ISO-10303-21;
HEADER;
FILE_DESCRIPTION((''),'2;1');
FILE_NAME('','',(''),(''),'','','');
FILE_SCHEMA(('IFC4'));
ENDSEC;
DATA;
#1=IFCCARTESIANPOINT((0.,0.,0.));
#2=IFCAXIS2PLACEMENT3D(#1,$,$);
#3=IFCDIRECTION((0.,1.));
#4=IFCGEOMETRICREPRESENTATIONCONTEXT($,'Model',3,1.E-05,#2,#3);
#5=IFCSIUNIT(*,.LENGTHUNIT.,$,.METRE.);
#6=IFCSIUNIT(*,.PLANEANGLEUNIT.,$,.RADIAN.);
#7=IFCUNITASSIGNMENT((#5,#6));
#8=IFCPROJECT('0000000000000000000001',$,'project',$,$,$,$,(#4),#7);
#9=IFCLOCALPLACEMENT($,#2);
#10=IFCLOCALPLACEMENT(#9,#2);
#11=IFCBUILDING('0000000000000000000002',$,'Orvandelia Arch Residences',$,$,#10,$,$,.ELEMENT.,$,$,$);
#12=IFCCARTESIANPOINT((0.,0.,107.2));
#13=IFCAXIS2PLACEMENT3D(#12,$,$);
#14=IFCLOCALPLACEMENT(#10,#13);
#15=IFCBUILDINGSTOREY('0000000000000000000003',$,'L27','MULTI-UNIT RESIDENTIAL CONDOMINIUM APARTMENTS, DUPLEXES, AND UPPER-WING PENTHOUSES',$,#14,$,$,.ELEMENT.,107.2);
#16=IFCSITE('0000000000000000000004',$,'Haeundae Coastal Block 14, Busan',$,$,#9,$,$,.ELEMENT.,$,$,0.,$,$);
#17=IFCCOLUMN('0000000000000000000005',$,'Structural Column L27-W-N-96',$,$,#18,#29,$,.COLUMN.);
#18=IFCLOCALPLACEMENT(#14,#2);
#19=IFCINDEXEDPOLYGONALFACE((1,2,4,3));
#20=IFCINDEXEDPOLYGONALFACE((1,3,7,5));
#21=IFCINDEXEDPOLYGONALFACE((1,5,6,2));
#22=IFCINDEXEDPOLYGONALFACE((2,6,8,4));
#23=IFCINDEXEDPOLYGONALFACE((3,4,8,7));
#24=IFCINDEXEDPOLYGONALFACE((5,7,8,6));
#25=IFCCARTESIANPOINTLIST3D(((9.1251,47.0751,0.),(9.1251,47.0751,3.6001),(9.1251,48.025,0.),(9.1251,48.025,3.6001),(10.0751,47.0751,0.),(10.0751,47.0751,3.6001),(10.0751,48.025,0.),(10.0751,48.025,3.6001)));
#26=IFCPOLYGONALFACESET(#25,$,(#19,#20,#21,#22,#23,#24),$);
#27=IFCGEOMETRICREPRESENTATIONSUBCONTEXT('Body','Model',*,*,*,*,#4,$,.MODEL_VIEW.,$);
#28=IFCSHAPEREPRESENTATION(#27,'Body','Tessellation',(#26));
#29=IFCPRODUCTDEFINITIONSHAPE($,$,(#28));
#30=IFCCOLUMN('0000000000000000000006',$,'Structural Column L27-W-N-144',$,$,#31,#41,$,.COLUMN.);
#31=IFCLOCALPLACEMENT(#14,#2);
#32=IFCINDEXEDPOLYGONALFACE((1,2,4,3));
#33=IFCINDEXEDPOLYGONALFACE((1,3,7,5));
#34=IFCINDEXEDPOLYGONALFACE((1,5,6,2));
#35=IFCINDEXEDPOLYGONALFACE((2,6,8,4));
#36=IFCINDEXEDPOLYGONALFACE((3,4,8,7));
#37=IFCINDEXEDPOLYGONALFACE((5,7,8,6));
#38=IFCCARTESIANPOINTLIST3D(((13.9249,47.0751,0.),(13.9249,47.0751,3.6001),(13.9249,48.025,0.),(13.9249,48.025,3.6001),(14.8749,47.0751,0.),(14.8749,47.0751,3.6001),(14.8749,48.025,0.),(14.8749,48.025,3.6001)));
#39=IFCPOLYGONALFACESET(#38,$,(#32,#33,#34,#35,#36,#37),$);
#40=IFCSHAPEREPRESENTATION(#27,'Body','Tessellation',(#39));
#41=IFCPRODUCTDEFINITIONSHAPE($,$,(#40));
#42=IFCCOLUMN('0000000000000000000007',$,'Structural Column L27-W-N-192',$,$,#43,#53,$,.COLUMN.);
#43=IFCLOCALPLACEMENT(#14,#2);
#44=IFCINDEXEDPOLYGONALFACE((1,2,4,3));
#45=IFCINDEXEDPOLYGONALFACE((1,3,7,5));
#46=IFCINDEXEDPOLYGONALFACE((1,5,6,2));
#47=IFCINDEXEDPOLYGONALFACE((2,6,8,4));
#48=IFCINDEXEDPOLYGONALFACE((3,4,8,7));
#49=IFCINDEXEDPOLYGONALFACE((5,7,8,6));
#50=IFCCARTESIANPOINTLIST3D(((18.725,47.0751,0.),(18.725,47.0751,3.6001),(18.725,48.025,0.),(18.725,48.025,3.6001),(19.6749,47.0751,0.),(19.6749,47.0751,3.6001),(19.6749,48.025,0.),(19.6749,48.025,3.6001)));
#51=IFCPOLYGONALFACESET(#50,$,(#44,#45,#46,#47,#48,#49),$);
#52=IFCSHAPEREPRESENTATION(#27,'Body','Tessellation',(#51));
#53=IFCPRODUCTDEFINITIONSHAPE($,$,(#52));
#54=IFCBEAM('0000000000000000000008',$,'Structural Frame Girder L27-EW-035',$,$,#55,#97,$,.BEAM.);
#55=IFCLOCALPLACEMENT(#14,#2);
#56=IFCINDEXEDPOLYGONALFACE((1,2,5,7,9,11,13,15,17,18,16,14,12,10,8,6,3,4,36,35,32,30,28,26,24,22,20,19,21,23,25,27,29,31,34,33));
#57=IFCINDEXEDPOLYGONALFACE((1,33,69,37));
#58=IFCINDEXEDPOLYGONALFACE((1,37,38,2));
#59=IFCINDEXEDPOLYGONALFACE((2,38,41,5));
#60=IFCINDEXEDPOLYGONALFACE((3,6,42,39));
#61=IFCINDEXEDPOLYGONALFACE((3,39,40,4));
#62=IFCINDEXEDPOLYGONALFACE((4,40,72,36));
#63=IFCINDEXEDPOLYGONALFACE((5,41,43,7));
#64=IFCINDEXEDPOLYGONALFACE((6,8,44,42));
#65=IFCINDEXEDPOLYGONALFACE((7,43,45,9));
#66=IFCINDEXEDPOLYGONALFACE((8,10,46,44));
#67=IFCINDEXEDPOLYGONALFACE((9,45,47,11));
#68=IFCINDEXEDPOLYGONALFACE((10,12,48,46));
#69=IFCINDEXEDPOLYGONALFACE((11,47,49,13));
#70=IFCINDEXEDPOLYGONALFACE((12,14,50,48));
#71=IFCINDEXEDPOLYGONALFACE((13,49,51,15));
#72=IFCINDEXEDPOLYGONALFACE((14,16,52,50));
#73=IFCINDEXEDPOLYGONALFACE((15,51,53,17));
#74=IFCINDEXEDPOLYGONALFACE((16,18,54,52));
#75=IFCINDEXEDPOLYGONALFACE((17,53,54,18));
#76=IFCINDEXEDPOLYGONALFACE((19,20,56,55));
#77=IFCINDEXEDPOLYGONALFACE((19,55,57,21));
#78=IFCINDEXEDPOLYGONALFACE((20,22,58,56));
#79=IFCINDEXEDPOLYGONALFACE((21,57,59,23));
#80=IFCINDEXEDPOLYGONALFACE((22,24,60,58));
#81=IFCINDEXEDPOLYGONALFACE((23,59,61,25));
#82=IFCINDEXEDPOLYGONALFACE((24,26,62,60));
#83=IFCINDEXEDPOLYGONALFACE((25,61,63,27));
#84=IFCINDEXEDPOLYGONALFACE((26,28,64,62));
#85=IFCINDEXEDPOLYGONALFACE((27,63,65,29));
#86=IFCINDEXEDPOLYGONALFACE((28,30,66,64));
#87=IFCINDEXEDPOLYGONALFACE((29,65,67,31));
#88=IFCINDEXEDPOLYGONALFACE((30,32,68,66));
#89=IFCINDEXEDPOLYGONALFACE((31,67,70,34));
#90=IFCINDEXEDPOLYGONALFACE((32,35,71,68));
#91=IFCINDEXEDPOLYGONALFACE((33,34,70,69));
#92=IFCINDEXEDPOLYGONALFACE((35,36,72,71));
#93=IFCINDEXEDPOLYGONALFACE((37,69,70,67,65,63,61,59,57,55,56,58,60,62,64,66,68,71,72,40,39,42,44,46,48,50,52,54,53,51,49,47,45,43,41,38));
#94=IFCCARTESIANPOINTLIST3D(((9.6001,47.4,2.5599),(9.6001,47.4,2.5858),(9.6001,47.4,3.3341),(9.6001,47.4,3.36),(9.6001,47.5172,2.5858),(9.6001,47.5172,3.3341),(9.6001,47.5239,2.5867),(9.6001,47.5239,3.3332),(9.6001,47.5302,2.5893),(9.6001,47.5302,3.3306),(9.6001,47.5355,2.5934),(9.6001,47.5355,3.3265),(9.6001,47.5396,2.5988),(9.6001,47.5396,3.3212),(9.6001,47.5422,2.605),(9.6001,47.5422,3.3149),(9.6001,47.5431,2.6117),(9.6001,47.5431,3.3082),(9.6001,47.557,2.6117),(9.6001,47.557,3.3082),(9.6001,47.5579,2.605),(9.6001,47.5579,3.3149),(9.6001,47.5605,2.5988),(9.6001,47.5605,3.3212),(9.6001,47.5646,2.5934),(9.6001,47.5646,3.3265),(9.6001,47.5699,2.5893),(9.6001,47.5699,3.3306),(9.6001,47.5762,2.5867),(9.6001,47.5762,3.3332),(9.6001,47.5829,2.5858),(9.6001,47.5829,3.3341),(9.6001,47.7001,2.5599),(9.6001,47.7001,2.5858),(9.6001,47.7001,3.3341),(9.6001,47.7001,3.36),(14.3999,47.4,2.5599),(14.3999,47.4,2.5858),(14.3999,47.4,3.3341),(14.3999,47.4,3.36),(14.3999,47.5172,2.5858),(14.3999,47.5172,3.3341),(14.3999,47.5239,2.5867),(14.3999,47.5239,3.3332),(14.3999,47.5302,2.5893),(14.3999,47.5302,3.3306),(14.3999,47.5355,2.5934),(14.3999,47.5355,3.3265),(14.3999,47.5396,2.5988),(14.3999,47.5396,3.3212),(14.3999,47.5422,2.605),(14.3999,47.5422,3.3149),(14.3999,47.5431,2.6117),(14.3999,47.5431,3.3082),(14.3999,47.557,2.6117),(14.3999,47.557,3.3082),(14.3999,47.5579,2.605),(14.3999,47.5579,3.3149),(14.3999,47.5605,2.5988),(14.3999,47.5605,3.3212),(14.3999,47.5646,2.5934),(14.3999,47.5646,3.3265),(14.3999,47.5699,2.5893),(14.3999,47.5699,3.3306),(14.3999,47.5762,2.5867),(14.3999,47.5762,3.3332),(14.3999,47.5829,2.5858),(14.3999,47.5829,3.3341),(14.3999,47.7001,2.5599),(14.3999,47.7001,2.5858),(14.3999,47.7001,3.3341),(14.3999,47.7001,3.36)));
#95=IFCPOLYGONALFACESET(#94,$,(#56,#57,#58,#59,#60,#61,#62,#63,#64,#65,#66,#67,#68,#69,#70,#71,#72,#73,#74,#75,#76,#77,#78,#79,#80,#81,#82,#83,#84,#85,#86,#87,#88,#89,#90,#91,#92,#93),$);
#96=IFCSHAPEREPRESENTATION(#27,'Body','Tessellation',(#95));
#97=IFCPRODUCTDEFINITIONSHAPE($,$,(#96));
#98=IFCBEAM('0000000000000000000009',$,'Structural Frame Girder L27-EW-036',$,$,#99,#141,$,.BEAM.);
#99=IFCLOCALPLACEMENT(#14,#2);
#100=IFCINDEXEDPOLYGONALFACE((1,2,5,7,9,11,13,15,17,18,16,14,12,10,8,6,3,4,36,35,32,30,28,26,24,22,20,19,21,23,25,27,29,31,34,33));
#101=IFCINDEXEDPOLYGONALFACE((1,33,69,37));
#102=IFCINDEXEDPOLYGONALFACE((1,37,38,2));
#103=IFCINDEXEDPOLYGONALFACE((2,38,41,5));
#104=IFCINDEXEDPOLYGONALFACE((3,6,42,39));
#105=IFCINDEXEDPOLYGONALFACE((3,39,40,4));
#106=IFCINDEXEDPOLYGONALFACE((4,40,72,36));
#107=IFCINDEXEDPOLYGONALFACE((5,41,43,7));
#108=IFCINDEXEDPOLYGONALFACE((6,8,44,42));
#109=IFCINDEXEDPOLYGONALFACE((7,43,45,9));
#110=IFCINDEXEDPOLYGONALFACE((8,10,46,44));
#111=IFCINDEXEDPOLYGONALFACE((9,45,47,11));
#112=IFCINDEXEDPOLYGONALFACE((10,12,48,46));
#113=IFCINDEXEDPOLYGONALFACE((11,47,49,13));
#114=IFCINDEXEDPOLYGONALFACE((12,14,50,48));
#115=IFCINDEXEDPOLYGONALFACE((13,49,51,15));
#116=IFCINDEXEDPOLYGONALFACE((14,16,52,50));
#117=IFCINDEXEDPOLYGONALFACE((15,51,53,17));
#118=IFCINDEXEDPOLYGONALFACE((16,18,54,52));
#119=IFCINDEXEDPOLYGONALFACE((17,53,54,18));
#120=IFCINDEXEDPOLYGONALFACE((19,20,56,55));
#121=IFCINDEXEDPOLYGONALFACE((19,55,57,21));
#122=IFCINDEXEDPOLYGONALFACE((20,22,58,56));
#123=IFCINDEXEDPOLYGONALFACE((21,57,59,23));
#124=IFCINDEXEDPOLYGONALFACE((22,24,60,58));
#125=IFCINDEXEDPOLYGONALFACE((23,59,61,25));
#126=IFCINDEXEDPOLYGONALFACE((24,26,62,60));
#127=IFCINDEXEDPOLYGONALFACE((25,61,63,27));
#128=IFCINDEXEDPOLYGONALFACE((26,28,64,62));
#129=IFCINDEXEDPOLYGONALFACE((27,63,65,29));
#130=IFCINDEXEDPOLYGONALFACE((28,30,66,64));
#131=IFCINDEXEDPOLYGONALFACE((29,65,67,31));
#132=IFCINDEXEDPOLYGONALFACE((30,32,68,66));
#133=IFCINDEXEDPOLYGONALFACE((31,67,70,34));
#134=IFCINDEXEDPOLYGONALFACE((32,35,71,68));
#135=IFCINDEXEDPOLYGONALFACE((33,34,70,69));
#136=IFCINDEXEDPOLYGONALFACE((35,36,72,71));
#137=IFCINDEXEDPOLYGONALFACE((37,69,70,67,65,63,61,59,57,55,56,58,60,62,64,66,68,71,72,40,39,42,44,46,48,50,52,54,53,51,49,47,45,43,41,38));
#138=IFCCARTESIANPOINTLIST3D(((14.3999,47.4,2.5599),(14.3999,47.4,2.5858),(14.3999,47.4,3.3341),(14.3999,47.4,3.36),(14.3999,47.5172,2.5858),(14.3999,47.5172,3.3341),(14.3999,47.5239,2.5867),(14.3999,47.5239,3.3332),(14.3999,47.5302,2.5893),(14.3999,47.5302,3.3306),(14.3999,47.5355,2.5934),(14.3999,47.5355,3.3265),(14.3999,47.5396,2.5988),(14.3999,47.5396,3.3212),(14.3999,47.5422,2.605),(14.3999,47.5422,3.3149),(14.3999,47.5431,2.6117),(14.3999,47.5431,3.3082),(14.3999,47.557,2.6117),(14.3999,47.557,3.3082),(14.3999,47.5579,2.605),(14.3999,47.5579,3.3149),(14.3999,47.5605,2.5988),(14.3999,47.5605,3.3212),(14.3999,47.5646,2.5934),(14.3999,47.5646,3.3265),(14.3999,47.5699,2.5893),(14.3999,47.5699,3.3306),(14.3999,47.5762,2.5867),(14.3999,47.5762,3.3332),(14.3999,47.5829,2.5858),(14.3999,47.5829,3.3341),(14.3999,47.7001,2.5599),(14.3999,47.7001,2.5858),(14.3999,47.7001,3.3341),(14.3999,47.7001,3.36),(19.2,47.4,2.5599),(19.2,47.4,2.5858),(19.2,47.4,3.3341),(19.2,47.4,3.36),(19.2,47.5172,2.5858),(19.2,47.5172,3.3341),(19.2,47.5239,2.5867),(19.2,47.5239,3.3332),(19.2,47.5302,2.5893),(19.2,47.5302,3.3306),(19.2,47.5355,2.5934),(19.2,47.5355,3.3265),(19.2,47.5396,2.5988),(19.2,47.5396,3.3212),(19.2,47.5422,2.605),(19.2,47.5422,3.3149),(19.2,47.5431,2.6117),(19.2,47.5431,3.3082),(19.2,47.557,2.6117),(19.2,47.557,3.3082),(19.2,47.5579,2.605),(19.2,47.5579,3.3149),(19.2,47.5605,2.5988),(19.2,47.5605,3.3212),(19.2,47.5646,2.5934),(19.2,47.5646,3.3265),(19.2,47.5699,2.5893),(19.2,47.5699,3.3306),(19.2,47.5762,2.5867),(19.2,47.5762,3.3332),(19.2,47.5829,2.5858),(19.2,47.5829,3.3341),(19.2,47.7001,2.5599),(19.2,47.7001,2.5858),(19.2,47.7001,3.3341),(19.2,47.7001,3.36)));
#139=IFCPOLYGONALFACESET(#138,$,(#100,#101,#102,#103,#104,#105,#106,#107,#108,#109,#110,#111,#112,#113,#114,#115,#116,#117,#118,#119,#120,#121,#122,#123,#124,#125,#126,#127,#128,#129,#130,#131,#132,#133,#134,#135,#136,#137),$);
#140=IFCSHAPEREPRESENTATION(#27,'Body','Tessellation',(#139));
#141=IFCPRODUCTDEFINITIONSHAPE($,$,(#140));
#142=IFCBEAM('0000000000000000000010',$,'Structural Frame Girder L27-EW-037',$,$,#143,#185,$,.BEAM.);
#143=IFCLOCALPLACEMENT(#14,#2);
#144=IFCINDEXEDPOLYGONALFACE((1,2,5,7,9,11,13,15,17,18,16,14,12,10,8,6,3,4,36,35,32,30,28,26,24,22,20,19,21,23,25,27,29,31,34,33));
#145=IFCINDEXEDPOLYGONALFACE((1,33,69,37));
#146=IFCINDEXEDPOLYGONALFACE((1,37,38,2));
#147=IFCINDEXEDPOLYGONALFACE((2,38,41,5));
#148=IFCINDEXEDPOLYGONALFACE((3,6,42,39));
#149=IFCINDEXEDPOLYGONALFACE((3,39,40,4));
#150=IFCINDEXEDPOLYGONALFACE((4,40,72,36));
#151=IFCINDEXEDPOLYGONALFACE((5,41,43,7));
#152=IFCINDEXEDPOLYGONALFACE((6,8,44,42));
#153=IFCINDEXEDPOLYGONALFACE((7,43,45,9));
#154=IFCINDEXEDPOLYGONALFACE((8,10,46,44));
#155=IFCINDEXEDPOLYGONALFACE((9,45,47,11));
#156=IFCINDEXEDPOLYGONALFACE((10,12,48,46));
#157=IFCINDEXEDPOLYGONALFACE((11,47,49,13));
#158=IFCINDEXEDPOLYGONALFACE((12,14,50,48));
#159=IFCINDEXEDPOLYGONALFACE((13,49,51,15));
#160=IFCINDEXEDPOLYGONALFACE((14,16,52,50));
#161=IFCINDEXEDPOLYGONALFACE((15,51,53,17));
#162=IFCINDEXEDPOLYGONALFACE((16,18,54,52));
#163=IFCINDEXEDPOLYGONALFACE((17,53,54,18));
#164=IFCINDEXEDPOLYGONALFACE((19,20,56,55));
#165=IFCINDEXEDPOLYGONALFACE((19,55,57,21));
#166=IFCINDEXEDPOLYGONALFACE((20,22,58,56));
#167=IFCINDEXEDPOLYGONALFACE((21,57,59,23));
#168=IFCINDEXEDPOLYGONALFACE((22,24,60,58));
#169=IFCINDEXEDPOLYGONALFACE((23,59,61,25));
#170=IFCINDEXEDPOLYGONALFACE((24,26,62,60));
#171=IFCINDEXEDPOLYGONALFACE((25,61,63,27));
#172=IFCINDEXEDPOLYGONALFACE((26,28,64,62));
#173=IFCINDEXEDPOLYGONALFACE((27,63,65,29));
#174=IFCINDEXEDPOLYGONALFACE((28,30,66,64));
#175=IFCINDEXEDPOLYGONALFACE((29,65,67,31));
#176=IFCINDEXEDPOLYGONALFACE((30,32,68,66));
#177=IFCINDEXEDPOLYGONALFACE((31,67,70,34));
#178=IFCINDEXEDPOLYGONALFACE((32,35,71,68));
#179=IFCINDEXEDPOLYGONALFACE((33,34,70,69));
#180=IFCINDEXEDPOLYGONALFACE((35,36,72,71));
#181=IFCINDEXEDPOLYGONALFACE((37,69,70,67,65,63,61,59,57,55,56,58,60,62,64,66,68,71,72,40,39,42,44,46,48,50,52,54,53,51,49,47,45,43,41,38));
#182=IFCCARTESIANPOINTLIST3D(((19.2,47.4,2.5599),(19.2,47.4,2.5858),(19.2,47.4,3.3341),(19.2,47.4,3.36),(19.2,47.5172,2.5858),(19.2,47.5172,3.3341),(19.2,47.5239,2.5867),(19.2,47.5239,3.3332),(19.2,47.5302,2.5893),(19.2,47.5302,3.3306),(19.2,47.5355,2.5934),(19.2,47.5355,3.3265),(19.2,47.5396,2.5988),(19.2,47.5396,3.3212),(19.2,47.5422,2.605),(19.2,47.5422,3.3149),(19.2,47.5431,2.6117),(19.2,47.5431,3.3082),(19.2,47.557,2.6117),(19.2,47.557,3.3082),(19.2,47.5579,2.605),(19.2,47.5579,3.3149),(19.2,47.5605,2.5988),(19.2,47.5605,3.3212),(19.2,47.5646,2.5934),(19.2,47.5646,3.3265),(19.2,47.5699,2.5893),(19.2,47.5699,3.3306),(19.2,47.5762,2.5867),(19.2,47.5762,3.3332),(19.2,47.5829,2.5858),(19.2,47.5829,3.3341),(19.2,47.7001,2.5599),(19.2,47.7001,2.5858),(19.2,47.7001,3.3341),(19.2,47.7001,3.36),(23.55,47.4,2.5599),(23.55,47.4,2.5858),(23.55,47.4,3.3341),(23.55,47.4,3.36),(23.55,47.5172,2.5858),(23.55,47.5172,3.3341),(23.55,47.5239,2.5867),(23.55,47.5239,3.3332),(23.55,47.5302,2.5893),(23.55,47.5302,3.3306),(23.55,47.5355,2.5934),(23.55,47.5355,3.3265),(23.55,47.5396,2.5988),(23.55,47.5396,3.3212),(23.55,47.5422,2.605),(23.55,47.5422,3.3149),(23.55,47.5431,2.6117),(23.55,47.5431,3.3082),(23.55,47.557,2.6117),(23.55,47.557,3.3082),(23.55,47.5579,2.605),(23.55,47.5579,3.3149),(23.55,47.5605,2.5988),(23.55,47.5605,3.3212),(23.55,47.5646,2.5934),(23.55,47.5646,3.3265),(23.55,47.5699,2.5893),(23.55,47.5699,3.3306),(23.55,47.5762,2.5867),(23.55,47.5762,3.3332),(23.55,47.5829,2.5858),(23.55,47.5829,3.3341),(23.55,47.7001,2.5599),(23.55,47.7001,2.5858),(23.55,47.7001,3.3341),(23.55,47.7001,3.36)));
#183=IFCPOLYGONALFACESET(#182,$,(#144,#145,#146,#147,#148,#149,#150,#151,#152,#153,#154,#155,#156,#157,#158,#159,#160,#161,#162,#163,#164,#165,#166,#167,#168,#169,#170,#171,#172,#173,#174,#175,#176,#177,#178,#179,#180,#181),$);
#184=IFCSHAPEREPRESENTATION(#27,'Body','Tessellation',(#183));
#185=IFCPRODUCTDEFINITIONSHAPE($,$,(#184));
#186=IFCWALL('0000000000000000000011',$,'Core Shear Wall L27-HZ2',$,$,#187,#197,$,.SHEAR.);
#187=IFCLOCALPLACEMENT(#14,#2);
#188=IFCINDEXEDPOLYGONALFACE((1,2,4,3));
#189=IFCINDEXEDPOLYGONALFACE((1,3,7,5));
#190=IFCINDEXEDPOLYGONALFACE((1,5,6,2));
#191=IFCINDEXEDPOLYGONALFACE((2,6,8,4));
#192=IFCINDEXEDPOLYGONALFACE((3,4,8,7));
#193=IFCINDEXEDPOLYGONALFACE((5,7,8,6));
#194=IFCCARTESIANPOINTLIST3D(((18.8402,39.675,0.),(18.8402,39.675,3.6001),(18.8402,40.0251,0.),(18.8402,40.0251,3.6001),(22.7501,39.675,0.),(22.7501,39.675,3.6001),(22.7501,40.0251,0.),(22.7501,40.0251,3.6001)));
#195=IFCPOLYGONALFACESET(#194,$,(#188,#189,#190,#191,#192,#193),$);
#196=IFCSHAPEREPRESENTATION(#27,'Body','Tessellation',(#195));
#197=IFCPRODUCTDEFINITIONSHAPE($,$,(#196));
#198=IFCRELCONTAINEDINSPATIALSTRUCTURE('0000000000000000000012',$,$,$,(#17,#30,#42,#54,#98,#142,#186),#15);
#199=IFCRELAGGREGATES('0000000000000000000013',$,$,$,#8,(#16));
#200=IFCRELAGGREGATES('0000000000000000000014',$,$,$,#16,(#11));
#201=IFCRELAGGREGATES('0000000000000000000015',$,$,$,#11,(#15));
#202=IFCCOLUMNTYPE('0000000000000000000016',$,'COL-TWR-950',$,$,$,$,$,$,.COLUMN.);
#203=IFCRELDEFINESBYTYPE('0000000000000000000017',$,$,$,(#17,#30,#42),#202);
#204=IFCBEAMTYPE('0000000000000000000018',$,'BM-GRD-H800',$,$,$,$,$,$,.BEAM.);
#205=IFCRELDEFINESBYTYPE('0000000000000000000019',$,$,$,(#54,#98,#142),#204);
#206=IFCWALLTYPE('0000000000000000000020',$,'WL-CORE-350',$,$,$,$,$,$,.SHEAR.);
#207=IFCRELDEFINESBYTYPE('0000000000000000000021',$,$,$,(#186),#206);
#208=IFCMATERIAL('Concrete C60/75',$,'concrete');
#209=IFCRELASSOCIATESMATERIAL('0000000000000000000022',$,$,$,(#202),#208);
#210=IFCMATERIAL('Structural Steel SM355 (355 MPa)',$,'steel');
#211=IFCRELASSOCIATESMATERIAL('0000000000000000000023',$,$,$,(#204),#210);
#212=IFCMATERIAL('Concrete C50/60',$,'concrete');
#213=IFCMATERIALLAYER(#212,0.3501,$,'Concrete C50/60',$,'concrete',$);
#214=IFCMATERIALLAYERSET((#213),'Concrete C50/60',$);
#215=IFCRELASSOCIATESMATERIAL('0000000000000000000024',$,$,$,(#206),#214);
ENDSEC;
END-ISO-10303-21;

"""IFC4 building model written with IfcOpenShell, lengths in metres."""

from ifc_helpers import new_model, si_unit, direction, frame, frame_2d, origin, origin_2d, place, context, subcontext, project, spatial, rectangle, i_section, extrude, material, layer, layer_set, material_profile, profile_set, type_object, element, save


model = new_model("IFC4")

# Units and contexts
model_context = context("Model", 3, precision=1e-05, world=origin(), true_north=direction((0.0, 1.0)))
body_context = subcontext(model_context, "Body", "Model", "MODEL_VIEW")
ifc_project = project(units=[si_unit("LENGTHUNIT", "METRE"), si_unit("PLANEANGLEUNIT", "RADIAN")], contexts=[model_context])

# Site, building, storey
site_placement = place(None, origin())
site = spatial("IfcSite", under=ifc_project, at=site_placement, Name="Haeundae Coastal Block 14, Busan", CompositionType="ELEMENT", RefElevation=0.0)
building_placement = place(site_placement, origin())
building = spatial("IfcBuilding", under=site, at=building_placement, Name="Orvandelia Arch Residences", CompositionType="ELEMENT")
storey_placement = place(building_placement, frame((0.0, 0.0, 107.2)))
storey = spatial("IfcBuildingStorey", under=building, at=storey_placement, Name="L27", Description="MULTI-UNIT RESIDENTIAL CONDOMINIUM APARTMENTS, DUPLEXES, AND UPPER-WING PENTHOUSES", CompositionType="ELEMENT", Elevation=107.2)

# Columns
ifc_material_1 = material(Name="Concrete C60/75", Category="concrete")
ifc_material_profile_1 = material_profile(ifc_material_1, rectangle(XDim=0.95, YDim=0.95, at=origin_2d()), Name="Concrete C60/75", Category="concrete")
ifc_profile_set_1 = profile_set([ifc_material_profile_1], Name="Concrete C60/75")
column_type = type_object("IfcColumnType", Name="COL-TWR-950", PredefinedType="COLUMN", material=ifc_profile_set_1)
for number, where, z_axis, x_axis, name in (
    (1, (9.6001, 47.55, 0.0), (0.0, 0.0, 1.0), (1.0, 0.0, 0.0), "Structural Column L27-W-N-96"),
    (2, (14.3999, 47.55, 0.0), (0.0, 0.0, 1.0), (1.0, 0.0, 0.0), "Structural Column L27-W-N-144"),
    (3, (19.2, 47.55, 0.0), (0.0, 0.0, 1.0), (1.0, 0.0, 0.0), "Structural Column L27-W-N-192"),
):
    element("IfcColumn", number, at=place(storey_placement, frame(where, z_axis=z_axis, x_axis=x_axis)), inside=storey, type_object=column_type, Name=name, PredefinedType="COLUMN", context=body_context, shape_type="SweptSolid", body=[
        extrude(rectangle(XDim=0.95, YDim=0.95, at=origin_2d()), origin(), (0.0, 0.0, 1.0), 3.6001),
    ])

# Beams
ifc_material_2 = material(Name="Structural Steel SM355 (355 MPa)", Category="steel")
ifc_material_profile_2 = material_profile(ifc_material_2, i_section(OverallWidth=0.3, OverallDepth=0.8, WebThickness=0.0139, FlangeThickness=0.0259, FilletRadius=0.0259, at=origin_2d()), Name="Structural Steel SM355 (355 MPa)", Category="steel")
ifc_profile_set_2 = profile_set([ifc_material_profile_2], Name="Structural Steel SM355 (355 MPa)")
beam_type = type_object("IfcBeamType", Name="BM-GRD-H800", PredefinedType="BEAM", material=ifc_profile_set_2)
beam_1_placement = place(storey_placement, frame((9.6001, 47.55, 2.96), z_axis=(1.0, 0.0, 0.0), x_axis=(0.0, 1.0, 0.0)))
element("IfcBeam", 4, at=beam_1_placement, inside=storey, type_object=beam_type, Name="Structural Frame Girder L27-EW-035", PredefinedType="BEAM", context=body_context, shape_type="SweptSolid", body=[
    extrude(i_section(OverallWidth=0.3, OverallDepth=0.8, WebThickness=0.0139, FlangeThickness=0.0259, FilletRadius=0.0259, at=origin_2d()), origin(), (0.0, 0.0, 1.0), 4.7998),
])
beam_2_placement = place(storey_placement, frame((14.3999, 47.55, 2.96), z_axis=(1.0, 0.0, 0.0), x_axis=(0.0, 1.0, 0.0)))
element("IfcBeam", 5, at=beam_2_placement, inside=storey, type_object=beam_type, Name="Structural Frame Girder L27-EW-036", PredefinedType="BEAM", context=body_context, shape_type="SweptSolid", body=[
    extrude(i_section(OverallWidth=0.3, OverallDepth=0.8, WebThickness=0.0139, FlangeThickness=0.0259, FilletRadius=0.0259, at=origin_2d()), origin(), (0.0, 0.0, 1.0), 4.8),
])
beam_3_placement = place(storey_placement, frame((19.2, 47.55, 2.96), z_axis=(1.0, 0.0, 0.0), x_axis=(0.0, 1.0, 0.0)))
element("IfcBeam", 6, at=beam_3_placement, inside=storey, type_object=beam_type, Name="Structural Frame Girder L27-EW-037", PredefinedType="BEAM", context=body_context, shape_type="SweptSolid", body=[
    extrude(i_section(OverallWidth=0.3, OverallDepth=0.8, WebThickness=0.0139, FlangeThickness=0.0259, FilletRadius=0.0259, at=origin_2d()), origin(), (0.0, 0.0, 1.0), 4.3501),
])

# Wall
ifc_material_3 = material(Name="Concrete C50/60", Category="concrete")
ifc_layer_1 = layer(ifc_material_3, 0.3501, Name="Concrete C50/60", Category="concrete")
ifc_layer_set_1 = layer_set([ifc_layer_1], Name="Concrete C50/60")
wall_type_1 = type_object("IfcWallType", Name="WL-CORE-350", PredefinedType="SHEAR", material=ifc_layer_set_1)
wall_1_placement = place(storey_placement, frame((18.8401, 39.8501, 0.0), z_axis=(0.0, 0.0, 1.0), x_axis=(1.0, 0.0, 0.0)))
element("IfcWall", 7, at=wall_1_placement, inside=storey, type_object=wall_type_1, Name="Core Shear Wall L27-HZ2", PredefinedType="SHEAR", context=body_context, shape_type="SweptSolid", body=[
    extrude(rectangle(XDim=3.9099, YDim=0.3501, at=frame_2d((1.9551, 0.0))), origin(), (0.0, 0.0, 1.0), 3.6001),
])

save(model, "model.ifc")
